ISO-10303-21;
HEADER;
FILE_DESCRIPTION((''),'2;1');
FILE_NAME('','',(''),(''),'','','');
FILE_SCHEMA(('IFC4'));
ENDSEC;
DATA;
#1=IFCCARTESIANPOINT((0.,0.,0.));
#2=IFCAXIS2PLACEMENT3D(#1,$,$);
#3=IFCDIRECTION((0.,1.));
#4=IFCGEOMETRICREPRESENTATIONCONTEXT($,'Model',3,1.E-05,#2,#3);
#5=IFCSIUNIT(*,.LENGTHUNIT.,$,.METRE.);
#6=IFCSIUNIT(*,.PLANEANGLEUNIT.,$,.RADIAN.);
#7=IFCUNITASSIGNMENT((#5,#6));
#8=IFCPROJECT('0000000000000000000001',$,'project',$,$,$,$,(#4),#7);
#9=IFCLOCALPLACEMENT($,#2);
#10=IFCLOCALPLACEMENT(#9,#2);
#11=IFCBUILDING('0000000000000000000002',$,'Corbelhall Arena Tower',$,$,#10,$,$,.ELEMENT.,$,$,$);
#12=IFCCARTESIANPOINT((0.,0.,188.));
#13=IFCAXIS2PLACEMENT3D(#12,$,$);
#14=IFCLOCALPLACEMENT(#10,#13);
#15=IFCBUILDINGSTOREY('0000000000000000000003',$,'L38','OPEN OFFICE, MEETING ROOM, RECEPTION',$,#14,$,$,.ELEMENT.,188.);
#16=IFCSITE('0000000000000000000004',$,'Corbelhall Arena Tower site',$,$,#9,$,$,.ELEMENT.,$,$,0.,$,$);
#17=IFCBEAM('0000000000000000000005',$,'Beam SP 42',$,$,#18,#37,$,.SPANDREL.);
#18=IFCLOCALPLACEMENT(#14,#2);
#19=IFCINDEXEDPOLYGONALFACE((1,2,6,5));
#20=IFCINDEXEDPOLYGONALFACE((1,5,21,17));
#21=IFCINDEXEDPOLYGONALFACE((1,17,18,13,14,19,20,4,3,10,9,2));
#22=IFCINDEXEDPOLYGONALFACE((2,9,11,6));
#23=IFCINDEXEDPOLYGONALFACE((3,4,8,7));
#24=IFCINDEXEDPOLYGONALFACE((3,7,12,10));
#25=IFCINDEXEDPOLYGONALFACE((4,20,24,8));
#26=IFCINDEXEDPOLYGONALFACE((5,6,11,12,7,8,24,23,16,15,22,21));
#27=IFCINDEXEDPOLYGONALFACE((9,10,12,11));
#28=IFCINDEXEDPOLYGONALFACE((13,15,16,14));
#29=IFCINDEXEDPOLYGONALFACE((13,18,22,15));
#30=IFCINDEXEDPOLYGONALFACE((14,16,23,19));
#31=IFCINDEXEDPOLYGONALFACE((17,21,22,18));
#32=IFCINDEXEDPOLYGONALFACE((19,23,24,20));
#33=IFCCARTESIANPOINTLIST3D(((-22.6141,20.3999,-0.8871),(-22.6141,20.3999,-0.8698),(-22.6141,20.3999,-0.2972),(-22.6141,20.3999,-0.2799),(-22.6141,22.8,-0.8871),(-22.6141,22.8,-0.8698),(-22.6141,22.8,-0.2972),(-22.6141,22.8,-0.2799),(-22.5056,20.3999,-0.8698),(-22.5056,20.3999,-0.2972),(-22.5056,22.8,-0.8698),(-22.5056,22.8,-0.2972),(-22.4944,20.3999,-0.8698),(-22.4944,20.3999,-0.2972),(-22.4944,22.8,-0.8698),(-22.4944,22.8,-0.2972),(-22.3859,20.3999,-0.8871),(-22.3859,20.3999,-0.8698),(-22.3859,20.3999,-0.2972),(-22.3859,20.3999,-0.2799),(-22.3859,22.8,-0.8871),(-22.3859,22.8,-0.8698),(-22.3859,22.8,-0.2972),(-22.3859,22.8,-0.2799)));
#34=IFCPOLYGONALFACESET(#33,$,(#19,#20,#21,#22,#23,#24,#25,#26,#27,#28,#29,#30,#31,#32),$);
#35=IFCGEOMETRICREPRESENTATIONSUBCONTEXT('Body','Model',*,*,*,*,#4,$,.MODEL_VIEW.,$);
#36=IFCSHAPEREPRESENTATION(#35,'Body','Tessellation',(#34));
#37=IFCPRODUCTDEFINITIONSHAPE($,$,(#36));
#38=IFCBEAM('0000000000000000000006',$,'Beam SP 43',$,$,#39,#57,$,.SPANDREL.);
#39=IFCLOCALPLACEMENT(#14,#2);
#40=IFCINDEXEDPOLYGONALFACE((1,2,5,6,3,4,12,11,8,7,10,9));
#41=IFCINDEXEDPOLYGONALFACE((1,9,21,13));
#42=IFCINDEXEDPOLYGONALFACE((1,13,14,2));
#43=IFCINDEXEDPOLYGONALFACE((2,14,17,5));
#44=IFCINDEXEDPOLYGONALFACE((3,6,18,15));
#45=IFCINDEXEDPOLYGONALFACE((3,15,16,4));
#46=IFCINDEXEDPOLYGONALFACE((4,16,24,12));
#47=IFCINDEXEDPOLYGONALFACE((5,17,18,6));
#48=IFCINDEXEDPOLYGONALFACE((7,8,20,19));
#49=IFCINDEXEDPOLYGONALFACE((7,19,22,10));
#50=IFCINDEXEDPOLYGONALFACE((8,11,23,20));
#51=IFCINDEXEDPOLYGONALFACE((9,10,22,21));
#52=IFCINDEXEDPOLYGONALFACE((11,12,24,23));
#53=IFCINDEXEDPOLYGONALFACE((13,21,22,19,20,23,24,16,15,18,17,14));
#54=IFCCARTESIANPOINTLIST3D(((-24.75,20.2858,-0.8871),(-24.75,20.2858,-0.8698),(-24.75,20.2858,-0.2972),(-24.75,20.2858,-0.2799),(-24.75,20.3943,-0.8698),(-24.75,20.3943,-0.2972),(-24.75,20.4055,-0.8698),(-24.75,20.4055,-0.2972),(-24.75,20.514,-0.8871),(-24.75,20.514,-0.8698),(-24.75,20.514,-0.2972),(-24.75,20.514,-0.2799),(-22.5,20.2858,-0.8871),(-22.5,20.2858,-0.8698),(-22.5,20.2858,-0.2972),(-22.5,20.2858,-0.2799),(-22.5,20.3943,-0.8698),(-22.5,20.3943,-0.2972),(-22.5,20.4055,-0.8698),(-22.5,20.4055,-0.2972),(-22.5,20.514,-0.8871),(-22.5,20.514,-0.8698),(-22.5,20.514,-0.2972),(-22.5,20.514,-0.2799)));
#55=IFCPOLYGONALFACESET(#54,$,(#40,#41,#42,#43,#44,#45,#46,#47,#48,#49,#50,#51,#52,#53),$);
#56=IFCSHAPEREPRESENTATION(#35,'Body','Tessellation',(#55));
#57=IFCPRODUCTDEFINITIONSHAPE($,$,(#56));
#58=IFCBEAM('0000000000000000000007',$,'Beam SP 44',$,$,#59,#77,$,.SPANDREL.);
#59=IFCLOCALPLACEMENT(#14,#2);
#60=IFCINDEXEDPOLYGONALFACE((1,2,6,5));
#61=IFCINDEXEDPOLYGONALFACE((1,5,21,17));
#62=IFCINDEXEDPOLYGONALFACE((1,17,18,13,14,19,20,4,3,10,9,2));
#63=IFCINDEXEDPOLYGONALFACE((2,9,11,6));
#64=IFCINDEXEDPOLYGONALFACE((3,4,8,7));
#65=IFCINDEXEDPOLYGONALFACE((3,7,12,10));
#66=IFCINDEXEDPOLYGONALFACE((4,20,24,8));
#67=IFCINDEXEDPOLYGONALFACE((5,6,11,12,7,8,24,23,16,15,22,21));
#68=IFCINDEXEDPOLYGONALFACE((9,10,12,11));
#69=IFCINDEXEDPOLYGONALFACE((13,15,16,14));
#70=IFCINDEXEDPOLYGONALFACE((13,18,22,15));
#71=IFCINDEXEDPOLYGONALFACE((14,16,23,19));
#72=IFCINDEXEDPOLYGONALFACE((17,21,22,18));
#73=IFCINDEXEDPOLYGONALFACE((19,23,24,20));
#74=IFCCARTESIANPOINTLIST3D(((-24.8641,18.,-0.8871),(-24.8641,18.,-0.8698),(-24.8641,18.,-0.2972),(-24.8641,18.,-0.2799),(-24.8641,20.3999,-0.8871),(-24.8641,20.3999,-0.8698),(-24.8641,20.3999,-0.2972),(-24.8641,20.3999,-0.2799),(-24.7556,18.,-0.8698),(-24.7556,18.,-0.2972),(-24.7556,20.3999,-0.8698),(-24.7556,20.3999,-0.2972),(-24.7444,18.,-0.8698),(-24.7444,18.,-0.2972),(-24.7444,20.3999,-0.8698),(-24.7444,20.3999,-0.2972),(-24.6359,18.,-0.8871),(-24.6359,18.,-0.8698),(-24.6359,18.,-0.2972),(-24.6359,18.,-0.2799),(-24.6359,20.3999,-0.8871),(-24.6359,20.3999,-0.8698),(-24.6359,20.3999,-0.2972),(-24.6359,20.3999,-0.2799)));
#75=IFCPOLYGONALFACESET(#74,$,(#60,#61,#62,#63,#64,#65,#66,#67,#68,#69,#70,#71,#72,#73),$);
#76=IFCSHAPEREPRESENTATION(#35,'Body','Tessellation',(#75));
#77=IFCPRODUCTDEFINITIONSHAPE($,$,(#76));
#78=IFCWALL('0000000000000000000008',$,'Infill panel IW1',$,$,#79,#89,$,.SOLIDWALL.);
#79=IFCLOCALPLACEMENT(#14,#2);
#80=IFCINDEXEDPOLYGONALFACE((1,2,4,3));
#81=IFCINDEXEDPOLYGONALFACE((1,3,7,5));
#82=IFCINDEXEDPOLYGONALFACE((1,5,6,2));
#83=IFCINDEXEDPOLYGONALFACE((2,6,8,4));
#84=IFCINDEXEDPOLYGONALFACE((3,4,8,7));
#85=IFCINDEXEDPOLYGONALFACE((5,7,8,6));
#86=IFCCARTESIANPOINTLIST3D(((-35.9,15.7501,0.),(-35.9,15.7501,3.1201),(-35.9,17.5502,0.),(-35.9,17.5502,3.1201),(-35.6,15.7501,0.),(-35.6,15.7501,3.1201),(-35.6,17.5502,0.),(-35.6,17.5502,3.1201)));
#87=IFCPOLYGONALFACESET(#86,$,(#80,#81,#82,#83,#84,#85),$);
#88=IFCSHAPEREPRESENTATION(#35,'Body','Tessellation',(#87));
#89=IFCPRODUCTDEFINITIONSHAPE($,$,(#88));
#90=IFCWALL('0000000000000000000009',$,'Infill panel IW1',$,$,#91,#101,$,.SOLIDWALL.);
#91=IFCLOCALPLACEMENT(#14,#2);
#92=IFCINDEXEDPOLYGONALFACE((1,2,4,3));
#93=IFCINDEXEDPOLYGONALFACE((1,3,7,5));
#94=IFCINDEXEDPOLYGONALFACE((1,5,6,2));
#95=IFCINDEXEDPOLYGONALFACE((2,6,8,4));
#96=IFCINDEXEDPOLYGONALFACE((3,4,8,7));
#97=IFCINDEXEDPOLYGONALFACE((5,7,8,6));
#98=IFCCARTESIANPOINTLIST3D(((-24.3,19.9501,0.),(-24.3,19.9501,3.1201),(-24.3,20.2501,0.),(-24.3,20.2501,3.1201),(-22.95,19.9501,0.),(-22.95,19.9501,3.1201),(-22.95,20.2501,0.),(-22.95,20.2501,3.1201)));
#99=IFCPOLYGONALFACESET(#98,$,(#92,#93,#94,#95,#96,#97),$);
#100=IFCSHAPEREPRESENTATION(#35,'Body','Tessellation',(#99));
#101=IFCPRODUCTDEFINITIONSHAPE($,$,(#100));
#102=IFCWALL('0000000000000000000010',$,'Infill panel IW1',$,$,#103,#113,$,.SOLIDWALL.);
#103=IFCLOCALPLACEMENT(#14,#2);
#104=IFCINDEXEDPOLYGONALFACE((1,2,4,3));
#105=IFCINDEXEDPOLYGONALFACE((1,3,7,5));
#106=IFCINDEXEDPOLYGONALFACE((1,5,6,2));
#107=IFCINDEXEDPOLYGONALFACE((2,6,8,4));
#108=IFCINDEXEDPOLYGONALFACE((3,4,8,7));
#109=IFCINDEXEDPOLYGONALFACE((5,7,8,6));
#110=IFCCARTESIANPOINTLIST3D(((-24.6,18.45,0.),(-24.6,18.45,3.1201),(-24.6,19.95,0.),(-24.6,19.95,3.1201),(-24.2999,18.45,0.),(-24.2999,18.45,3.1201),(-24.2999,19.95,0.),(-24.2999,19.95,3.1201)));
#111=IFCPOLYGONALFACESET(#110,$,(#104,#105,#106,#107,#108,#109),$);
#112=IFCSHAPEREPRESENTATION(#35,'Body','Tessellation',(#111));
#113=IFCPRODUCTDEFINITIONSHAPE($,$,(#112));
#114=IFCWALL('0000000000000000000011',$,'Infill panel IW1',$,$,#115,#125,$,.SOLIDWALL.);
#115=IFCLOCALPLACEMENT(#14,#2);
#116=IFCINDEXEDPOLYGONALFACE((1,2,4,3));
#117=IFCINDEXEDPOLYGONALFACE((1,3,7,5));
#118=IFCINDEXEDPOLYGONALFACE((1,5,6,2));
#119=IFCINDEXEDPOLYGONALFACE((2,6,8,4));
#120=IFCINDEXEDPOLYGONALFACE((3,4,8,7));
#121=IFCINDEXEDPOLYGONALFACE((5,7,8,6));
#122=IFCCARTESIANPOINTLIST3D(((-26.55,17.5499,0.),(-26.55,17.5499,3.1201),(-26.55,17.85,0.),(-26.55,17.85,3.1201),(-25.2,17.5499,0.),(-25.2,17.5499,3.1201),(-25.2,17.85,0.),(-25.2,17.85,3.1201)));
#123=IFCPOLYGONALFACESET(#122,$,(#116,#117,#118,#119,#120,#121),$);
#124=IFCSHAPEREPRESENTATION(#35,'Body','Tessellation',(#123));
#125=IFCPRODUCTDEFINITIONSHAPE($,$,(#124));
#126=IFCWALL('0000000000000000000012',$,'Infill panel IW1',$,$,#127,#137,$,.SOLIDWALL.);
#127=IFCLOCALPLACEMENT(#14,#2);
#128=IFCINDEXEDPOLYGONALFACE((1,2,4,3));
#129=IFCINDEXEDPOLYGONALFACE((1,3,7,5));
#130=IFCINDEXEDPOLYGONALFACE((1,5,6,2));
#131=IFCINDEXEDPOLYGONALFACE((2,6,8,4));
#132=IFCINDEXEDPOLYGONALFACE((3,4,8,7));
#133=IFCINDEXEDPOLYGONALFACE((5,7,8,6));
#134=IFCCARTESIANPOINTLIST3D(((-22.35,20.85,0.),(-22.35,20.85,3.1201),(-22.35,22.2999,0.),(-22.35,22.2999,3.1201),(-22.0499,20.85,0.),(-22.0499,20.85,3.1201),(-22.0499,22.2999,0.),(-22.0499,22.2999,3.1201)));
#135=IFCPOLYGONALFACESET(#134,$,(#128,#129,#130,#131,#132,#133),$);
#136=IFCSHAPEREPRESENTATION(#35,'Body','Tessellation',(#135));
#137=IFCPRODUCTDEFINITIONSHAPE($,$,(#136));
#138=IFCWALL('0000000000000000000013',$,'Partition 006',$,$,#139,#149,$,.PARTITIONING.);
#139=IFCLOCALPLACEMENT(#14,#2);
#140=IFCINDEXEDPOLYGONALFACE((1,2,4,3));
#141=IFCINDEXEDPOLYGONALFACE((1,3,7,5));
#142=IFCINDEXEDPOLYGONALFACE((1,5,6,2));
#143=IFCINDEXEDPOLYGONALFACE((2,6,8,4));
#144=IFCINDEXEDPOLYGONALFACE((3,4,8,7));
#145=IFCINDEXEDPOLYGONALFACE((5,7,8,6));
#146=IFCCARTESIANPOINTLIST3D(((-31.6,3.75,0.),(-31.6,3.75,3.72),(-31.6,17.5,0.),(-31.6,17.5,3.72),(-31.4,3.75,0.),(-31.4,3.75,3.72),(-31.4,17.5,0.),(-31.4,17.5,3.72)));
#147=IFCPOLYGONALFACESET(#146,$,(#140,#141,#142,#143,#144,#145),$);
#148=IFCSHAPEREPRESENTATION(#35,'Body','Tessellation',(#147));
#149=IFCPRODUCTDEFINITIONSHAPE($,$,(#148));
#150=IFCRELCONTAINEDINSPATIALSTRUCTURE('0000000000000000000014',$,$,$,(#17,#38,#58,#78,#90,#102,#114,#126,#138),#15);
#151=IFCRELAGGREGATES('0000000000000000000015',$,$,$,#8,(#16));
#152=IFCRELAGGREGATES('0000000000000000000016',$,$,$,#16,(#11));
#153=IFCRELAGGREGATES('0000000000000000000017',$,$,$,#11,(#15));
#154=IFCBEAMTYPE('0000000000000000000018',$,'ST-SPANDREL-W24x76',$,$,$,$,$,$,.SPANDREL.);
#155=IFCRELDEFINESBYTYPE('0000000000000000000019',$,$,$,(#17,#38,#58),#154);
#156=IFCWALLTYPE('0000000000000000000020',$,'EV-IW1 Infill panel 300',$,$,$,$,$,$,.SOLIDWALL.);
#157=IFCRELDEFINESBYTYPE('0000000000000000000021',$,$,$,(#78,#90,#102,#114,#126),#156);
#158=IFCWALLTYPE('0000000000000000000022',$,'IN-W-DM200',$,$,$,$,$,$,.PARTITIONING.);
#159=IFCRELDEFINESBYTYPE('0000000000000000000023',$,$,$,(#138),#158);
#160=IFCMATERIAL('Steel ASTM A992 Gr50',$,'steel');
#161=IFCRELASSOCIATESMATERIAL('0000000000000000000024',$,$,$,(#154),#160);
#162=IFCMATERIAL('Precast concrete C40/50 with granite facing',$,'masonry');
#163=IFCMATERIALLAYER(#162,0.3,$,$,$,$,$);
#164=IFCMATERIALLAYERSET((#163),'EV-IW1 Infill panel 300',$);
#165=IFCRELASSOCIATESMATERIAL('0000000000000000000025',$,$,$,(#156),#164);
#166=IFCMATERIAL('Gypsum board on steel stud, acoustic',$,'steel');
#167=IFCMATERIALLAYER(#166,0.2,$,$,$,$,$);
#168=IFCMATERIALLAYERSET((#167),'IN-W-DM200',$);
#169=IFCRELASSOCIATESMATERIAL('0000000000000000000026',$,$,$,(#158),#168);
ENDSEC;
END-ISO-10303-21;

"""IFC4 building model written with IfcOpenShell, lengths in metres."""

from ifc_helpers import new_model, si_unit, direction, frame, frame_2d, origin, origin_2d, place, context, subcontext, project, spatial, rectangle, i_section, extrude, material, layer, layer_set, material_profile, profile_set, type_object, element, save


model = new_model("IFC4")

# Units and contexts
model_context = context("Model", 3, precision=1e-05, world=origin(), true_north=direction((0.0, 1.0)))
body_context = subcontext(model_context, "Body", "Model", "MODEL_VIEW")
ifc_project = project(units=[si_unit("LENGTHUNIT", "METRE"), si_unit("PLANEANGLEUNIT", "RADIAN")], contexts=[model_context])

# Site, building, storey
site_placement = place(None, origin())
site = spatial("IfcSite", under=ifc_project, at=site_placement, Name="Corbelhall Arena Tower site", CompositionType="ELEMENT", RefElevation=0.0)
building_placement = place(site_placement, origin())
building = spatial("IfcBuilding", under=site, at=building_placement, Name="Corbelhall Arena Tower", CompositionType="ELEMENT")
storey_placement = place(building_placement, frame((0.0, 0.0, 188.0)))
storey = spatial("IfcBuildingStorey", under=building, at=storey_placement, Name="L38", Description="OPEN OFFICE, MEETING ROOM, RECEPTION", CompositionType="ELEMENT", Elevation=188.0)

# Beams
ifc_material_1 = material(Name="Steel ASTM A992 Gr50", Category="steel")
ifc_material_profile_1 = material_profile(ifc_material_1, i_section(OverallWidth=0.2283, OverallDepth=0.6072, WebThickness=0.0112, FlangeThickness=0.0173, at=origin_2d()))
ifc_profile_set_1 = profile_set([ifc_material_profile_1], Name="Steel ASTM A992 Gr50")
beam_type = type_object("IfcBeamType", Name="ST-SPANDREL-W24x76", PredefinedType="SPANDREL", material=ifc_profile_set_1)
beam_1_placement = place(storey_placement, frame((-22.5, 20.3999, -0.5835), z_axis=(0.0, 1.0, 0.0), x_axis=(-1.0, 0.0, 0.0)))
element("IfcBeam", 1, at=beam_1_placement, inside=storey, type_object=beam_type, Name="Beam SP 42", PredefinedType="SPANDREL", context=body_context, shape_type="SweptSolid", body=[
    extrude(i_section(OverallWidth=0.2283, OverallDepth=0.6072, WebThickness=0.0112, FlangeThickness=0.0173, at=origin_2d()), origin(), (0.0, 0.0, 1.0), 2.4001),
])
beam_2_placement = place(storey_placement, frame((-24.75, 20.3999, -0.5835), z_axis=(1.0, 0.0, 0.0), x_axis=(0.0, 1.0, 0.0)))
element("IfcBeam", 2, at=beam_2_placement, inside=storey, type_object=beam_type, Name="Beam SP 43", PredefinedType="SPANDREL", context=body_context, shape_type="SweptSolid", body=[
    extrude(i_section(OverallWidth=0.2283, OverallDepth=0.6072, WebThickness=0.0112, FlangeThickness=0.0173, at=origin_2d()), origin(), (0.0, 0.0, 1.0), 2.25),
])
beam_3_placement = place(storey_placement, frame((-24.75, 18.0, -0.5835), z_axis=(0.0, 1.0, 0.0), x_axis=(-1.0, 0.0, 0.0)))
element("IfcBeam", 3, at=beam_3_placement, inside=storey, type_object=beam_type, Name="Beam SP 44", PredefinedType="SPANDREL", context=body_context, shape_type="SweptSolid", body=[
    extrude(i_section(OverallWidth=0.2283, OverallDepth=0.6072, WebThickness=0.0112, FlangeThickness=0.0173, at=origin_2d()), origin(), (0.0, 0.0, 1.0), 2.3999),
])

# Walls
ifc_material_2 = material(Name="Precast concrete C40/50 with granite facing", Category="masonry")
ifc_layer_1 = layer(ifc_material_2, 0.3)
ifc_layer_set_1 = layer_set([ifc_layer_1], Name="EV-IW1 Infill panel 300")
wall_type_1 = type_object("IfcWallType", Name="EV-IW1 Infill panel 300", PredefinedType="SOLIDWALL", material=ifc_layer_set_1)
wall_1_placement = place(storey_placement, frame((-35.75, 17.55, 0.0), z_axis=(0.0, 0.0, 1.0), x_axis=(0.0, -1.0, 0.0)))
element("IfcWall", 4, at=wall_1_placement, inside=storey, type_object=wall_type_1, Name="Infill panel IW1", PredefinedType="SOLIDWALL", context=body_context, shape_type="SweptSolid", body=[
    extrude(rectangle(XDim=1.8, YDim=0.3, at=frame_2d((0.8999, 0.0))), origin(), (0.0, 0.0, 1.0), 3.1201),
])
wall_2_placement = place(storey_placement, frame((-22.95, 20.1001, 0.0), z_axis=(0.0, 0.0, 1.0), x_axis=(-1.0, 0.0, 0.0)))
element("IfcWall", 5, at=wall_2_placement, inside=storey, type_object=wall_type_1, Name="Infill panel IW1", PredefinedType="SOLIDWALL", context=body_context, shape_type="SweptSolid", body=[
    extrude(rectangle(XDim=1.3501, YDim=0.3, at=frame_2d((0.675, 0.0))), origin(), (0.0, 0.0, 1.0), 3.1201),
])
wall_3_placement = place(storey_placement, frame((-24.45, 19.95, 0.0), z_axis=(0.0, 0.0, 1.0), x_axis=(0.0, -1.0, 0.0)))
element("IfcWall", 6, at=wall_3_placement, inside=storey, type_object=wall_type_1, Name="Infill panel IW1", PredefinedType="SOLIDWALL", context=body_context, shape_type="SweptSolid", body=[
    extrude(rectangle(XDim=1.5, YDim=0.3, at=frame_2d((0.75, 0.0))), origin(), (0.0, 0.0, 1.0), 3.1201),
])
wall_4_placement = place(storey_placement, frame((-25.2, 17.7, 0.0), z_axis=(0.0, 0.0, 1.0), x_axis=(-1.0, 0.0, 0.0)))
element("IfcWall", 7, at=wall_4_placement, inside=storey, type_object=wall_type_1, Name="Infill panel IW1", PredefinedType="SOLIDWALL", context=body_context, shape_type="SweptSolid", body=[
    extrude(rectangle(XDim=1.3501, YDim=0.3, at=frame_2d((0.675, 0.0))), origin(), (0.0, 0.0, 1.0), 3.1201),
])

# Walls
wall_5_placement = place(storey_placement, frame((-22.2, 22.3, 0.0), z_axis=(0.0, 0.0, 1.0), x_axis=(0.0, -1.0, 0.0)))
element("IfcWall", 8, at=wall_5_placement, inside=storey, type_object=wall_type_1, Name="Infill panel IW1", PredefinedType="SOLIDWALL", context=body_context, shape_type="SweptSolid", body=[
    extrude(rectangle(XDim=1.45, YDim=0.3, at=frame_2d((0.7251, 0.0))), origin(), (0.0, 0.0, 1.0), 3.1201),
])
ifc_material_3 = material(Name="Gypsum board on steel stud, acoustic", Category="steel")
ifc_layer_2 = layer(ifc_material_3, 0.2)
ifc_layer_set_2 = layer_set([ifc_layer_2], Name="IN-W-DM200")
wall_type_2 = type_object("IfcWallType", Name="IN-W-DM200", PredefinedType="PARTITIONING", material=ifc_layer_set_2)
wall_6_placement = place(storey_placement, frame((-31.5, 17.5, 0.0), z_axis=(0.0, 0.0, 1.0), x_axis=(0.0, -1.0, 0.0)))
element("IfcWall", 9, at=wall_6_placement, inside=storey, type_object=wall_type_2, Name="Partition 006", PredefinedType="PARTITIONING", context=body_context, shape_type="SweptSolid", body=[
    extrude(rectangle(XDim=13.75, YDim=0.2, at=frame_2d((6.875, 0.0))), origin(), (0.0, 0.0, 1.0), 3.72),
])

save(model, "model.ifc")
